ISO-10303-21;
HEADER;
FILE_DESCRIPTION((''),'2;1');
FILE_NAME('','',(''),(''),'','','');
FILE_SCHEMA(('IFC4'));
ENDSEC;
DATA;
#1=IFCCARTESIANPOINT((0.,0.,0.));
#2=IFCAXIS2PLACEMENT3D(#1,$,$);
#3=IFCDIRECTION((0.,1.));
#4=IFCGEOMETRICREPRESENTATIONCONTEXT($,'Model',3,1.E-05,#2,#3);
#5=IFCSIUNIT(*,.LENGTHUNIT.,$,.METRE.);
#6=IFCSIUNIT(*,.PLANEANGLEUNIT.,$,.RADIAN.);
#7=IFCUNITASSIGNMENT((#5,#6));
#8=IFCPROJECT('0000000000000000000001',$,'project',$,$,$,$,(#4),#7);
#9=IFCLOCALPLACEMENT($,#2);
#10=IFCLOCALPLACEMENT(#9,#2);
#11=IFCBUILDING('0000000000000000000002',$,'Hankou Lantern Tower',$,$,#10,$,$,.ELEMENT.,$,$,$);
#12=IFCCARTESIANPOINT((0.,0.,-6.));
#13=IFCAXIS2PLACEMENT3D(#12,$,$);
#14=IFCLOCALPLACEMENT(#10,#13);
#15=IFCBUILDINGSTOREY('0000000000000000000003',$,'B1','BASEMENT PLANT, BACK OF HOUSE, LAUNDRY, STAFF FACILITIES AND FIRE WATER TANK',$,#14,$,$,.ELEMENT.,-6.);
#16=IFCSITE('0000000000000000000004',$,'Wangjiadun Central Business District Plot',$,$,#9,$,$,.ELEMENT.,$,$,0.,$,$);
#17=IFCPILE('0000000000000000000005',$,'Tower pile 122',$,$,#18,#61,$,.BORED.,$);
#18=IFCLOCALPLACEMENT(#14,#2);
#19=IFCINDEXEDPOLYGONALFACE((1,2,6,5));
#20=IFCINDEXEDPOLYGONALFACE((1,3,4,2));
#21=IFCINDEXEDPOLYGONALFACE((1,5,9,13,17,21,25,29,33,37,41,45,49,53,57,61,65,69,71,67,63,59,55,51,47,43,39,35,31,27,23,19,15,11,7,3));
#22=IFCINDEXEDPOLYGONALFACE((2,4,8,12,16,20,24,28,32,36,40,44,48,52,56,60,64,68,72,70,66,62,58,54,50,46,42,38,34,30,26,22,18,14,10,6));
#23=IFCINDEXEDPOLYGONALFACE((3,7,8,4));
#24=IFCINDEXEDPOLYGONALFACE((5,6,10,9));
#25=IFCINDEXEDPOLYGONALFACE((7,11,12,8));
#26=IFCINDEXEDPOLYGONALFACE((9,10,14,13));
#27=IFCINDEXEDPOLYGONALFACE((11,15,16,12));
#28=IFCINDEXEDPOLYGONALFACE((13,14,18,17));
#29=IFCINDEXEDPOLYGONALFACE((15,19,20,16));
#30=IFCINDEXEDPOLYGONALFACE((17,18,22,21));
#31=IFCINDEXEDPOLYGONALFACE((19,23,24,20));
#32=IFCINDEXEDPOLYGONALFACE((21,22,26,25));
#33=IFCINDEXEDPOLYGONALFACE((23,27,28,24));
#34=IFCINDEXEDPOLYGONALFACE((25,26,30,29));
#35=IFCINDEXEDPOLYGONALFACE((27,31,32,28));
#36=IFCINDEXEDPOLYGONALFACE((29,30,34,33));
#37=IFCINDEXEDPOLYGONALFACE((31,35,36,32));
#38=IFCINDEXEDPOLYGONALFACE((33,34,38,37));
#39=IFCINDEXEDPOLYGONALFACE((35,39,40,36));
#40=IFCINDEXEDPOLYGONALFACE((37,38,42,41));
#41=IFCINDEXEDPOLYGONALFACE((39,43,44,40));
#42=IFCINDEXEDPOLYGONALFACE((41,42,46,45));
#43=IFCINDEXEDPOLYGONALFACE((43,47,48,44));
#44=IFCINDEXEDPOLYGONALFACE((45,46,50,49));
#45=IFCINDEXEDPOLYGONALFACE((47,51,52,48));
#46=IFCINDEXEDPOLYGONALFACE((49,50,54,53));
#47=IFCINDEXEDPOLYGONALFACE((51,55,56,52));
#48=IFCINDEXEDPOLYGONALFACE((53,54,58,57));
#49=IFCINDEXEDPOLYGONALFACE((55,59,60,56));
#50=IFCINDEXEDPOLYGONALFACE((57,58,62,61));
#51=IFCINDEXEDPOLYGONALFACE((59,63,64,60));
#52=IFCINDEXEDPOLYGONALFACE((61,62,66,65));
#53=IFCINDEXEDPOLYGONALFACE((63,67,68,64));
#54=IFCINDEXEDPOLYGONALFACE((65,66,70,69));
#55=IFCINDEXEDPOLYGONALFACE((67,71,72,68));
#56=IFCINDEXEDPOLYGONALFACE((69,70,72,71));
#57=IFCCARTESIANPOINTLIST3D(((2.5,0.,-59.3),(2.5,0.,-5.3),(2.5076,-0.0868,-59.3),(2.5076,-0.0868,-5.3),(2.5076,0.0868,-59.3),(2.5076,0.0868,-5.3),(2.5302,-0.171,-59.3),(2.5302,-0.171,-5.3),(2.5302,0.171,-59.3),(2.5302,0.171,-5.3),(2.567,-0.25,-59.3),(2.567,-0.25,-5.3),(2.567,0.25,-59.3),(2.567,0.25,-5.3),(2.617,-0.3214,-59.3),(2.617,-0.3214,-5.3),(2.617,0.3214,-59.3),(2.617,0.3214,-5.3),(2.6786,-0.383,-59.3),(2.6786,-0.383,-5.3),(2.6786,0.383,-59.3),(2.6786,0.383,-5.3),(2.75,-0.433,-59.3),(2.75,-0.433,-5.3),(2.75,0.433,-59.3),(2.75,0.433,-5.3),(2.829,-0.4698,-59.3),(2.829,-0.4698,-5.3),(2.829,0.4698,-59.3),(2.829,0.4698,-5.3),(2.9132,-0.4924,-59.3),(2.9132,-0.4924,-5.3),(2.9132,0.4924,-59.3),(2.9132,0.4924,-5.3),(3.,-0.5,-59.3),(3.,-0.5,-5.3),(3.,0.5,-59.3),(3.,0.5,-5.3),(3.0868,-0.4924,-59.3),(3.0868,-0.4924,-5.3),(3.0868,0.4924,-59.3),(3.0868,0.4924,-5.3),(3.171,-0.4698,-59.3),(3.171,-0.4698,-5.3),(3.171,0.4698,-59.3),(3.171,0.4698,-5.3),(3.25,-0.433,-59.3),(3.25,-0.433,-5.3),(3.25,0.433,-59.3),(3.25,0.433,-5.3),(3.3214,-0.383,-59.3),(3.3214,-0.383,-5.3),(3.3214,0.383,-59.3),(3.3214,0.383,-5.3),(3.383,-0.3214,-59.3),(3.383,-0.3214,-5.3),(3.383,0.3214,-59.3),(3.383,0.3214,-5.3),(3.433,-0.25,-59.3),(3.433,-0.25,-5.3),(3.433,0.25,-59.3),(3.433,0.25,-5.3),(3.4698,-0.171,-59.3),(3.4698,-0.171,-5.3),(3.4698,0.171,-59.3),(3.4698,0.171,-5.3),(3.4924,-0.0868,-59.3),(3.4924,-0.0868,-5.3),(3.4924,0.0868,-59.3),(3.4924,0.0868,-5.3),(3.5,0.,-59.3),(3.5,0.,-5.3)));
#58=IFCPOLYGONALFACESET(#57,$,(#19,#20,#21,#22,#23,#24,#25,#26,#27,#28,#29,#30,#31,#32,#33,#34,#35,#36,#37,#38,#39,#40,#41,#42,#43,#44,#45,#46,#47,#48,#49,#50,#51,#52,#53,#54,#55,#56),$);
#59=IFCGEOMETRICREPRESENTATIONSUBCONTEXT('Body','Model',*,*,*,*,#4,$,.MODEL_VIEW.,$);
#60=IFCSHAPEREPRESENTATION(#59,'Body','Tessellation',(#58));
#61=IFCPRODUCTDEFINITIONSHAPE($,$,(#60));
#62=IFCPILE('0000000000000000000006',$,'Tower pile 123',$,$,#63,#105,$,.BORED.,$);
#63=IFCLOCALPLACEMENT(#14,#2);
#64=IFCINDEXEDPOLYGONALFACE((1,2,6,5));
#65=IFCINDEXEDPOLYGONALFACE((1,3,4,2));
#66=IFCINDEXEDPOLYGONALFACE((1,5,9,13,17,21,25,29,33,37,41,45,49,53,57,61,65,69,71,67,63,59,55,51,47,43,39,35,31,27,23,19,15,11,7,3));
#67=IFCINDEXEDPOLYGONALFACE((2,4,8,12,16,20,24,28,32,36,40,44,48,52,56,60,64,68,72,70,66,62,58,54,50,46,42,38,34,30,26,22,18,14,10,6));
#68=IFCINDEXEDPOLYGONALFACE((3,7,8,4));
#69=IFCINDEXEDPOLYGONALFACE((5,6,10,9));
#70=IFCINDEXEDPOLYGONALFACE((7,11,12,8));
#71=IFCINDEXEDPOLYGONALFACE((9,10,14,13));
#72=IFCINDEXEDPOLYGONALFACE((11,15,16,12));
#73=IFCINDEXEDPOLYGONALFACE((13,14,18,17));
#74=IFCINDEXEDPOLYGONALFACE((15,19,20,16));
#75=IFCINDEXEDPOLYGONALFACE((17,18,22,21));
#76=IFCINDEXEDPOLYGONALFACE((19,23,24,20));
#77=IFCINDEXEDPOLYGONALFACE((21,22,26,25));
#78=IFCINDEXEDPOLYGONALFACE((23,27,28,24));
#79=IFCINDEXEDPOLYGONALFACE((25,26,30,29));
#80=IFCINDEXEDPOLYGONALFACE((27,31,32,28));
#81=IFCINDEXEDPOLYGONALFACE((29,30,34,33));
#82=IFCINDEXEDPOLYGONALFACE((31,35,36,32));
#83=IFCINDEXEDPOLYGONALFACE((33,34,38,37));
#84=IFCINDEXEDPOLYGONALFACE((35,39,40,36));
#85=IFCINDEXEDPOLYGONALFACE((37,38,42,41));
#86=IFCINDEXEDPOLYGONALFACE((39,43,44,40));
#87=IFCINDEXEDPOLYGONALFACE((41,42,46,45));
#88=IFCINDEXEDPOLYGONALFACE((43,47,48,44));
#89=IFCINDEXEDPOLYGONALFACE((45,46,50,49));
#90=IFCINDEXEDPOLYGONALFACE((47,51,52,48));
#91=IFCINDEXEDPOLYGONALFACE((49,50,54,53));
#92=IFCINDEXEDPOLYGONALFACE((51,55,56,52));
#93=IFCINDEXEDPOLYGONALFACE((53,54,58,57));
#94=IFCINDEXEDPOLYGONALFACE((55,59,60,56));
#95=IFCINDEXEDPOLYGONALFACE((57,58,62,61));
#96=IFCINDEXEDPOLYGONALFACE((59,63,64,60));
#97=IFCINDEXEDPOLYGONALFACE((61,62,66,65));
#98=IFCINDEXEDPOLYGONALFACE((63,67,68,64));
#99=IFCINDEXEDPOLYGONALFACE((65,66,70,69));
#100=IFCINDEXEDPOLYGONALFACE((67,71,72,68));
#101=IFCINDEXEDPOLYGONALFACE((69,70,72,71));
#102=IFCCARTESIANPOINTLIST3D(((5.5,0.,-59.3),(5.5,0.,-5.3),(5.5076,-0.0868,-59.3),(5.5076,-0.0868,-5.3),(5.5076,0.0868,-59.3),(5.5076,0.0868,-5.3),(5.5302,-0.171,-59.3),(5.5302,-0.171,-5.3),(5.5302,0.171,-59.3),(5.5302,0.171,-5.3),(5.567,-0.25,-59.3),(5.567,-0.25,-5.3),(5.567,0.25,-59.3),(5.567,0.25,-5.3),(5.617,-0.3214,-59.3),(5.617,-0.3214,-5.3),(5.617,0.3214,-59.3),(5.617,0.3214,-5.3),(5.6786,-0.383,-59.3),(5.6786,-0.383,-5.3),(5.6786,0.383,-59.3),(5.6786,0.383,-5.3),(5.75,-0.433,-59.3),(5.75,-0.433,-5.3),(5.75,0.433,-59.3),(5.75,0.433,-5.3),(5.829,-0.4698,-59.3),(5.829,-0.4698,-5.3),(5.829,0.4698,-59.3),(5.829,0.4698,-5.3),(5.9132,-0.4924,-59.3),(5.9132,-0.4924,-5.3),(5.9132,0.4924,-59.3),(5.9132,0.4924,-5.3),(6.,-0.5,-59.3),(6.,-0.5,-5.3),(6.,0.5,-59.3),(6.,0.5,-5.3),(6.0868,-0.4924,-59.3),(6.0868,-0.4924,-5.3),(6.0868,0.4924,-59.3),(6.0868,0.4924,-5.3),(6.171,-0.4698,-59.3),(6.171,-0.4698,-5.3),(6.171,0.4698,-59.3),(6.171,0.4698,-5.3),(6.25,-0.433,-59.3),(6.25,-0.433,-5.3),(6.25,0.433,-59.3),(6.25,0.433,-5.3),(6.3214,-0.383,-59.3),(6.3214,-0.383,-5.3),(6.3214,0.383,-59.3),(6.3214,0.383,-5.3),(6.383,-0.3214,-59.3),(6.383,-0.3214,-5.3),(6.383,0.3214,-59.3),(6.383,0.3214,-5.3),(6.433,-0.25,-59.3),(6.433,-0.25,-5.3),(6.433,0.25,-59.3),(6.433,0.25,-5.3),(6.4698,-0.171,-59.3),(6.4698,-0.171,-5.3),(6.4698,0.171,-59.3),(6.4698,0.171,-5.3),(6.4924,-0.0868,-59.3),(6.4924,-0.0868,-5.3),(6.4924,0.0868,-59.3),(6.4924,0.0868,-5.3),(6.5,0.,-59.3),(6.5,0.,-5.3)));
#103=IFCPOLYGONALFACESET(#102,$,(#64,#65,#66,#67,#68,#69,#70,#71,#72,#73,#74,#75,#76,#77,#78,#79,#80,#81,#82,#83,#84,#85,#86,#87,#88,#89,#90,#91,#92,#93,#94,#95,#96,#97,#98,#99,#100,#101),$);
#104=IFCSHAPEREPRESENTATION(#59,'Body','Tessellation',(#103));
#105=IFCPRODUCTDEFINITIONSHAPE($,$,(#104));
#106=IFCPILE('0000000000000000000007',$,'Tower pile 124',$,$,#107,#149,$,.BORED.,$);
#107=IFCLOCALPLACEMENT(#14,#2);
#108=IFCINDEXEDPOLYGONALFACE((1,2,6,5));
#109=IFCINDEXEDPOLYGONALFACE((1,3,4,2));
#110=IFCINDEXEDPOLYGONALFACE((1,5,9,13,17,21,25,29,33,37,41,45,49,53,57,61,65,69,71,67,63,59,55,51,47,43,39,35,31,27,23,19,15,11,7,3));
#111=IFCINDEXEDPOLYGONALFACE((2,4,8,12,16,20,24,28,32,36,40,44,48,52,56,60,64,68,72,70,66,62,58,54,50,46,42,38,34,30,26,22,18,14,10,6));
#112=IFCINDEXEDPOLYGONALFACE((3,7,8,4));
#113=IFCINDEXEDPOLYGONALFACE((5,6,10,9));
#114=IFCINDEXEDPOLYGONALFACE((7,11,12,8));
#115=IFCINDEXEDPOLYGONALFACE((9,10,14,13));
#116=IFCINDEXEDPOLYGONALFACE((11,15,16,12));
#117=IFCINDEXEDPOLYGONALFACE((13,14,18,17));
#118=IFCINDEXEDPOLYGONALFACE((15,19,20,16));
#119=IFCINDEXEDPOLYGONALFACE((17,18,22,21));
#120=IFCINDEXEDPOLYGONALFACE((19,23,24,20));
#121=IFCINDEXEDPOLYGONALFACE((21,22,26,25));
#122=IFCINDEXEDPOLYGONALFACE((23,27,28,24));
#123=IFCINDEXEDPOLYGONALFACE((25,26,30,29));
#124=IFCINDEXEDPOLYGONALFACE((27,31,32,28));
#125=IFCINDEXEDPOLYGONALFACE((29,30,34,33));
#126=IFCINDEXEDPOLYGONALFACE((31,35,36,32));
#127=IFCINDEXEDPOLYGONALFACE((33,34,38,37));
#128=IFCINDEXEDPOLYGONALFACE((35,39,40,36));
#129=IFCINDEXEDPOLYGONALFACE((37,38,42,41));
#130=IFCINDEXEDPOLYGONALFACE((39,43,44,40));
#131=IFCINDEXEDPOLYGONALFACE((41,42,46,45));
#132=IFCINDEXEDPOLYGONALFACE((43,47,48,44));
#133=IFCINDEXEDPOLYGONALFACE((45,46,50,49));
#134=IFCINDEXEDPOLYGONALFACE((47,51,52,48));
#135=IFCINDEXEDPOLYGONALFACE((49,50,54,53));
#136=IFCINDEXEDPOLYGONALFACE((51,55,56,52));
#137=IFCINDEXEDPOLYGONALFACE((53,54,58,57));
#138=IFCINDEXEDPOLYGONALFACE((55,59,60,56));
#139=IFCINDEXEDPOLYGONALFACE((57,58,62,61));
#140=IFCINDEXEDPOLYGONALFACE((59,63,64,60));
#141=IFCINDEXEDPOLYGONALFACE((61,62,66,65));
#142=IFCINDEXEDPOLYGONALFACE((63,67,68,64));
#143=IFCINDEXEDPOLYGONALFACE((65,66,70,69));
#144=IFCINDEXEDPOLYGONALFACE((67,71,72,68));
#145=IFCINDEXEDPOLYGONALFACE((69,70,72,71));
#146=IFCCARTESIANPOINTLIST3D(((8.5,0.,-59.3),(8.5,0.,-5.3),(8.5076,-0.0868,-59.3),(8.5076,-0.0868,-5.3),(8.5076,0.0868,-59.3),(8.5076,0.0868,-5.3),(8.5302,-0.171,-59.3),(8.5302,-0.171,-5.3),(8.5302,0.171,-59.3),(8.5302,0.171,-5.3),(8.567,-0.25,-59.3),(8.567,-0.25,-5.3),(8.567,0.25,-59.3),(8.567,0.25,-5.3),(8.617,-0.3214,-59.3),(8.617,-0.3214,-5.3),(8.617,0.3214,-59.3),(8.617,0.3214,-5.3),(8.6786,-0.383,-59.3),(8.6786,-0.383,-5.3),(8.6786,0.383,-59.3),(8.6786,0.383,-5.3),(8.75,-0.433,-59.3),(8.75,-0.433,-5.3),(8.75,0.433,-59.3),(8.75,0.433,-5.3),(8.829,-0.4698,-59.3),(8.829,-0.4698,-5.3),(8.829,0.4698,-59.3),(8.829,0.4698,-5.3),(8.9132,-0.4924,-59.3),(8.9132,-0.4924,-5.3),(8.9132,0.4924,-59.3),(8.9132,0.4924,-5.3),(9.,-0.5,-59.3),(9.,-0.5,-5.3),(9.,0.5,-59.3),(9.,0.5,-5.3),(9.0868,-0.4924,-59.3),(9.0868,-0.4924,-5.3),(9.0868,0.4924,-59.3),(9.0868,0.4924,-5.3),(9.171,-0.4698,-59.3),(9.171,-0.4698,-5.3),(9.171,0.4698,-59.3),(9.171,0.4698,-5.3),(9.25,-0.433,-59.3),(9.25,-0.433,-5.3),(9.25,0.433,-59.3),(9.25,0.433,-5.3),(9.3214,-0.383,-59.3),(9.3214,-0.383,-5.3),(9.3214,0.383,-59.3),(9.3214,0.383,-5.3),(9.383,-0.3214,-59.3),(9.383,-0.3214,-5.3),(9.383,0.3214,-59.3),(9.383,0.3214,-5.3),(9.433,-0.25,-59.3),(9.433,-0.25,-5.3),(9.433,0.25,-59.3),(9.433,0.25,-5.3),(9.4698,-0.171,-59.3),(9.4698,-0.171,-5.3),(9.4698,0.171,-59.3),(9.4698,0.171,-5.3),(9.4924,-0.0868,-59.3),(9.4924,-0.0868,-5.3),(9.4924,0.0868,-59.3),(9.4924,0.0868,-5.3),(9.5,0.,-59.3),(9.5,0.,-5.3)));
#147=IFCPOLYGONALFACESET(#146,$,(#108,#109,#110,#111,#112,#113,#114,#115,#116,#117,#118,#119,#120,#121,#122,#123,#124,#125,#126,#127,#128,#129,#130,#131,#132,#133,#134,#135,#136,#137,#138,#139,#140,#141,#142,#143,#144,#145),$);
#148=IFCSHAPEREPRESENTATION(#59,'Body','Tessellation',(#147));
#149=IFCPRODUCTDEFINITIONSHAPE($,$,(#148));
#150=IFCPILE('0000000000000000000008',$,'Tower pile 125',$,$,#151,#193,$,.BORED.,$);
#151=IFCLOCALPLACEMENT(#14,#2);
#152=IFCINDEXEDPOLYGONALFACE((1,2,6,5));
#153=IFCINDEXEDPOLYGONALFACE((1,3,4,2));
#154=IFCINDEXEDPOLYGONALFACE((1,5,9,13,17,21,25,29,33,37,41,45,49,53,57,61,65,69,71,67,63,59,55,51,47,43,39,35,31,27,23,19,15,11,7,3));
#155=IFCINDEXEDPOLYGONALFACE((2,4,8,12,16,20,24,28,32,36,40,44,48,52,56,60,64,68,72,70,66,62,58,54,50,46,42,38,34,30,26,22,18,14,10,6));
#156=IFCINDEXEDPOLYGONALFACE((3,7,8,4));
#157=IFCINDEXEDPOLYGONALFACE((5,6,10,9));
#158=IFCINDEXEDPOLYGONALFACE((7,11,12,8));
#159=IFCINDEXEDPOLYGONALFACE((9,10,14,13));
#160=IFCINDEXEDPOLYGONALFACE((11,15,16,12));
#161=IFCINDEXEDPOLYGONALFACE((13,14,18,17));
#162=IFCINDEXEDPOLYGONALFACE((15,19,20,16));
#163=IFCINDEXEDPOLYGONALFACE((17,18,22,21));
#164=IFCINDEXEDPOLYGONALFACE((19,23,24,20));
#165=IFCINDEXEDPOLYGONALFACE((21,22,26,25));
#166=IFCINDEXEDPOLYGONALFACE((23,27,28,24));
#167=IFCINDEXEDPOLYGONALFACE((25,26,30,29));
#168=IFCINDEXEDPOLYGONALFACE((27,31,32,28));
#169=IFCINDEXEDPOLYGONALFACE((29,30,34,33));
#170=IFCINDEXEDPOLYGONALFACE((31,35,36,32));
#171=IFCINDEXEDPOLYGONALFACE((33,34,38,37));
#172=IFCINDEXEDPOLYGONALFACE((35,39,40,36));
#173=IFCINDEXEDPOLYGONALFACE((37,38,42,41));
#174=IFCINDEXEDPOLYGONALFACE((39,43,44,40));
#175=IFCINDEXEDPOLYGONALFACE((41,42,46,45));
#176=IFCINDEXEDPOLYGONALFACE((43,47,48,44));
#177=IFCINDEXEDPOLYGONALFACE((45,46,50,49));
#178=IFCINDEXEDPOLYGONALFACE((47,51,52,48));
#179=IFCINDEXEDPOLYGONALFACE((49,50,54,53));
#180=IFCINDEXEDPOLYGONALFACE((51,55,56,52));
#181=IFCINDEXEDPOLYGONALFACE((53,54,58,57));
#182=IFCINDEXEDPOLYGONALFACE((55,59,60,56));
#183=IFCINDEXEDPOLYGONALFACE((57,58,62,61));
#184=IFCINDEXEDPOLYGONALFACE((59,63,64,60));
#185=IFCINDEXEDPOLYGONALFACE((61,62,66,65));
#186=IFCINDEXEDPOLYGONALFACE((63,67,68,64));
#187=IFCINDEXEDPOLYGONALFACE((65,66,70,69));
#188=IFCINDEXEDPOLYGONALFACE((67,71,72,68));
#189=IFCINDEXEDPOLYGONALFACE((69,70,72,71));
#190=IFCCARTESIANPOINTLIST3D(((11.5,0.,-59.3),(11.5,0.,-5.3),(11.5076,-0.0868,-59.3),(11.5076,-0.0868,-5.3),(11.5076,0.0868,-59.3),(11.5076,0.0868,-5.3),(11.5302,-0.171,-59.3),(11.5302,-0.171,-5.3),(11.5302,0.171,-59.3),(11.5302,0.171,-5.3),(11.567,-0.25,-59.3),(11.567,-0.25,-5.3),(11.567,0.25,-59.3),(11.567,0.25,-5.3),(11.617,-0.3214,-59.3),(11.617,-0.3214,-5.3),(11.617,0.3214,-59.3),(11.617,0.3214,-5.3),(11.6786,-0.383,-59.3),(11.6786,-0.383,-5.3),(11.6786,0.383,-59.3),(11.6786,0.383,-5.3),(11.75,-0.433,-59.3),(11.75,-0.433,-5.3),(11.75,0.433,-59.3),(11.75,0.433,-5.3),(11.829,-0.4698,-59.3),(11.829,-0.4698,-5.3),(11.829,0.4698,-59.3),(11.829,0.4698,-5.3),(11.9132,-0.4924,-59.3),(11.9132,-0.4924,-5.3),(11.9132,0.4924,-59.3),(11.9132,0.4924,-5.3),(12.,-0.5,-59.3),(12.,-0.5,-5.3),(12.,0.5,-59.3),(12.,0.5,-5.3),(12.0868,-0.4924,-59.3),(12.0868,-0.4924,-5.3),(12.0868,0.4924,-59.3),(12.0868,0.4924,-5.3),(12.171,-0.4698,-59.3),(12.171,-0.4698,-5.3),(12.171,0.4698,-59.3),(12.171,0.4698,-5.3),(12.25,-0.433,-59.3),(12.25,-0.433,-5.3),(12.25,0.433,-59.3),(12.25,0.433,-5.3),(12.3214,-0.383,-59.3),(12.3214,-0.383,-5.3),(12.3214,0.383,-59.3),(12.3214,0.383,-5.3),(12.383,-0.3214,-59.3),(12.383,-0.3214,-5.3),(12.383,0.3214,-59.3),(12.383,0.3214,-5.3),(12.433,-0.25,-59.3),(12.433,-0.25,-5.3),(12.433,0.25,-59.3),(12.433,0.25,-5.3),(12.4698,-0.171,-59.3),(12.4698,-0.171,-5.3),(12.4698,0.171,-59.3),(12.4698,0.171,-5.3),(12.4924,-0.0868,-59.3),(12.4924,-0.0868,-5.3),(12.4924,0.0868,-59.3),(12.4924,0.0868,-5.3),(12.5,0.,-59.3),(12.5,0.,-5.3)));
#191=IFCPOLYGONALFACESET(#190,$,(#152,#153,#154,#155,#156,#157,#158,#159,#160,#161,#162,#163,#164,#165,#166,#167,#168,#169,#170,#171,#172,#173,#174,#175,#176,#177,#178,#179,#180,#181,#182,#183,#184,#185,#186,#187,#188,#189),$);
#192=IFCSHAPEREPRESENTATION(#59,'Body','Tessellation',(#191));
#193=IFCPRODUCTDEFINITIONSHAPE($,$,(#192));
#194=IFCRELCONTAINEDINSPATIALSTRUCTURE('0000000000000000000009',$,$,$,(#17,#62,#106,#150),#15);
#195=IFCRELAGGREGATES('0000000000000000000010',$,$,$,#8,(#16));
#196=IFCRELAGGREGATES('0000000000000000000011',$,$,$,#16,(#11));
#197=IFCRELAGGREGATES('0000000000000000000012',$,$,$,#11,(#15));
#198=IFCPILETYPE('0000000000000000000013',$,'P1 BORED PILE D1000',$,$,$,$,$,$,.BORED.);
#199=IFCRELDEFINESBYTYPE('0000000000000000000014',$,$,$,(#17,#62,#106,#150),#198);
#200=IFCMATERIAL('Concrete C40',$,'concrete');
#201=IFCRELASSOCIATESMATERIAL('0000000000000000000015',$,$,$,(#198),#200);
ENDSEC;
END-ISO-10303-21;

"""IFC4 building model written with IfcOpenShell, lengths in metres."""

from ifc_helpers import new_model, si_unit, direction, frame, origin, origin_2d, place, context, subcontext, project, spatial, circle, extrude, material, material_profile, profile_set, type_object, element, save


model = new_model("IFC4")

# Units and contexts
model_context = context("Model", 3, precision=1e-05, world=origin(), true_north=direction((0.0, 1.0)))
body_context = subcontext(model_context, "Body", "Model", "MODEL_VIEW")
ifc_project = project(units=[si_unit("LENGTHUNIT", "METRE"), si_unit("PLANEANGLEUNIT", "RADIAN")], contexts=[model_context])

# Site, building, storey
site_placement = place(None, origin())
site = spatial("IfcSite", under=ifc_project, at=site_placement, Name="Wangjiadun Central Business District Plot", CompositionType="ELEMENT", RefElevation=0.0)
building_placement = place(site_placement, origin())
building = spatial("IfcBuilding", under=site, at=building_placement, Name="Hankou Lantern Tower", CompositionType="ELEMENT")
storey_placement = place(building_placement, frame((0.0, 0.0, -6.0)))
storey = spatial("IfcBuildingStorey", under=building, at=storey_placement, Name="B1", Description="BASEMENT PLANT, BACK OF HOUSE, LAUNDRY, STAFF FACILITIES AND FIRE WATER TANK", CompositionType="ELEMENT", Elevation=-6.0)

# Piles
ifc_material_1 = material(Name="Concrete C40", Category="concrete")
ifc_material_profile = material_profile(ifc_material_1, circle(Radius=0.5, at=origin_2d()), Name="RC D1000")
ifc_profile_set = profile_set([ifc_material_profile], Name="Concrete C40")
pile_type = type_object("IfcPileType", Name="P1 BORED PILE D1000", PredefinedType="BORED", material=ifc_profile_set)
for number, where, z_axis, x_axis, name in (
    (1, (3.0, 0.0, -5.3), (0.0, 0.0, -1.0), (1.0, 0.0, 0.0), "Tower pile 122"),
    (2, (6.0, 0.0, -5.3), (0.0, 0.0, -1.0), (1.0, 0.0, 0.0), "Tower pile 123"),
    (3, (9.0, 0.0, -5.3), (0.0, 0.0, -1.0), (1.0, 0.0, 0.0), "Tower pile 124"),
    (4, (12.0, 0.0, -5.3), (0.0, 0.0, -1.0), (1.0, 0.0, 0.0), "Tower pile 125"),
):
    element("IfcPile", number, at=place(storey_placement, frame(where, z_axis=z_axis, x_axis=x_axis)), inside=storey, type_object=pile_type, Name=name, PredefinedType="BORED", context=body_context, shape_type="SweptSolid", body=[
        extrude(circle(Radius=0.5, at=origin_2d()), origin(), (0.0, 0.0, 1.0), 54.0),
    ])

save(model, "model.ifc")
